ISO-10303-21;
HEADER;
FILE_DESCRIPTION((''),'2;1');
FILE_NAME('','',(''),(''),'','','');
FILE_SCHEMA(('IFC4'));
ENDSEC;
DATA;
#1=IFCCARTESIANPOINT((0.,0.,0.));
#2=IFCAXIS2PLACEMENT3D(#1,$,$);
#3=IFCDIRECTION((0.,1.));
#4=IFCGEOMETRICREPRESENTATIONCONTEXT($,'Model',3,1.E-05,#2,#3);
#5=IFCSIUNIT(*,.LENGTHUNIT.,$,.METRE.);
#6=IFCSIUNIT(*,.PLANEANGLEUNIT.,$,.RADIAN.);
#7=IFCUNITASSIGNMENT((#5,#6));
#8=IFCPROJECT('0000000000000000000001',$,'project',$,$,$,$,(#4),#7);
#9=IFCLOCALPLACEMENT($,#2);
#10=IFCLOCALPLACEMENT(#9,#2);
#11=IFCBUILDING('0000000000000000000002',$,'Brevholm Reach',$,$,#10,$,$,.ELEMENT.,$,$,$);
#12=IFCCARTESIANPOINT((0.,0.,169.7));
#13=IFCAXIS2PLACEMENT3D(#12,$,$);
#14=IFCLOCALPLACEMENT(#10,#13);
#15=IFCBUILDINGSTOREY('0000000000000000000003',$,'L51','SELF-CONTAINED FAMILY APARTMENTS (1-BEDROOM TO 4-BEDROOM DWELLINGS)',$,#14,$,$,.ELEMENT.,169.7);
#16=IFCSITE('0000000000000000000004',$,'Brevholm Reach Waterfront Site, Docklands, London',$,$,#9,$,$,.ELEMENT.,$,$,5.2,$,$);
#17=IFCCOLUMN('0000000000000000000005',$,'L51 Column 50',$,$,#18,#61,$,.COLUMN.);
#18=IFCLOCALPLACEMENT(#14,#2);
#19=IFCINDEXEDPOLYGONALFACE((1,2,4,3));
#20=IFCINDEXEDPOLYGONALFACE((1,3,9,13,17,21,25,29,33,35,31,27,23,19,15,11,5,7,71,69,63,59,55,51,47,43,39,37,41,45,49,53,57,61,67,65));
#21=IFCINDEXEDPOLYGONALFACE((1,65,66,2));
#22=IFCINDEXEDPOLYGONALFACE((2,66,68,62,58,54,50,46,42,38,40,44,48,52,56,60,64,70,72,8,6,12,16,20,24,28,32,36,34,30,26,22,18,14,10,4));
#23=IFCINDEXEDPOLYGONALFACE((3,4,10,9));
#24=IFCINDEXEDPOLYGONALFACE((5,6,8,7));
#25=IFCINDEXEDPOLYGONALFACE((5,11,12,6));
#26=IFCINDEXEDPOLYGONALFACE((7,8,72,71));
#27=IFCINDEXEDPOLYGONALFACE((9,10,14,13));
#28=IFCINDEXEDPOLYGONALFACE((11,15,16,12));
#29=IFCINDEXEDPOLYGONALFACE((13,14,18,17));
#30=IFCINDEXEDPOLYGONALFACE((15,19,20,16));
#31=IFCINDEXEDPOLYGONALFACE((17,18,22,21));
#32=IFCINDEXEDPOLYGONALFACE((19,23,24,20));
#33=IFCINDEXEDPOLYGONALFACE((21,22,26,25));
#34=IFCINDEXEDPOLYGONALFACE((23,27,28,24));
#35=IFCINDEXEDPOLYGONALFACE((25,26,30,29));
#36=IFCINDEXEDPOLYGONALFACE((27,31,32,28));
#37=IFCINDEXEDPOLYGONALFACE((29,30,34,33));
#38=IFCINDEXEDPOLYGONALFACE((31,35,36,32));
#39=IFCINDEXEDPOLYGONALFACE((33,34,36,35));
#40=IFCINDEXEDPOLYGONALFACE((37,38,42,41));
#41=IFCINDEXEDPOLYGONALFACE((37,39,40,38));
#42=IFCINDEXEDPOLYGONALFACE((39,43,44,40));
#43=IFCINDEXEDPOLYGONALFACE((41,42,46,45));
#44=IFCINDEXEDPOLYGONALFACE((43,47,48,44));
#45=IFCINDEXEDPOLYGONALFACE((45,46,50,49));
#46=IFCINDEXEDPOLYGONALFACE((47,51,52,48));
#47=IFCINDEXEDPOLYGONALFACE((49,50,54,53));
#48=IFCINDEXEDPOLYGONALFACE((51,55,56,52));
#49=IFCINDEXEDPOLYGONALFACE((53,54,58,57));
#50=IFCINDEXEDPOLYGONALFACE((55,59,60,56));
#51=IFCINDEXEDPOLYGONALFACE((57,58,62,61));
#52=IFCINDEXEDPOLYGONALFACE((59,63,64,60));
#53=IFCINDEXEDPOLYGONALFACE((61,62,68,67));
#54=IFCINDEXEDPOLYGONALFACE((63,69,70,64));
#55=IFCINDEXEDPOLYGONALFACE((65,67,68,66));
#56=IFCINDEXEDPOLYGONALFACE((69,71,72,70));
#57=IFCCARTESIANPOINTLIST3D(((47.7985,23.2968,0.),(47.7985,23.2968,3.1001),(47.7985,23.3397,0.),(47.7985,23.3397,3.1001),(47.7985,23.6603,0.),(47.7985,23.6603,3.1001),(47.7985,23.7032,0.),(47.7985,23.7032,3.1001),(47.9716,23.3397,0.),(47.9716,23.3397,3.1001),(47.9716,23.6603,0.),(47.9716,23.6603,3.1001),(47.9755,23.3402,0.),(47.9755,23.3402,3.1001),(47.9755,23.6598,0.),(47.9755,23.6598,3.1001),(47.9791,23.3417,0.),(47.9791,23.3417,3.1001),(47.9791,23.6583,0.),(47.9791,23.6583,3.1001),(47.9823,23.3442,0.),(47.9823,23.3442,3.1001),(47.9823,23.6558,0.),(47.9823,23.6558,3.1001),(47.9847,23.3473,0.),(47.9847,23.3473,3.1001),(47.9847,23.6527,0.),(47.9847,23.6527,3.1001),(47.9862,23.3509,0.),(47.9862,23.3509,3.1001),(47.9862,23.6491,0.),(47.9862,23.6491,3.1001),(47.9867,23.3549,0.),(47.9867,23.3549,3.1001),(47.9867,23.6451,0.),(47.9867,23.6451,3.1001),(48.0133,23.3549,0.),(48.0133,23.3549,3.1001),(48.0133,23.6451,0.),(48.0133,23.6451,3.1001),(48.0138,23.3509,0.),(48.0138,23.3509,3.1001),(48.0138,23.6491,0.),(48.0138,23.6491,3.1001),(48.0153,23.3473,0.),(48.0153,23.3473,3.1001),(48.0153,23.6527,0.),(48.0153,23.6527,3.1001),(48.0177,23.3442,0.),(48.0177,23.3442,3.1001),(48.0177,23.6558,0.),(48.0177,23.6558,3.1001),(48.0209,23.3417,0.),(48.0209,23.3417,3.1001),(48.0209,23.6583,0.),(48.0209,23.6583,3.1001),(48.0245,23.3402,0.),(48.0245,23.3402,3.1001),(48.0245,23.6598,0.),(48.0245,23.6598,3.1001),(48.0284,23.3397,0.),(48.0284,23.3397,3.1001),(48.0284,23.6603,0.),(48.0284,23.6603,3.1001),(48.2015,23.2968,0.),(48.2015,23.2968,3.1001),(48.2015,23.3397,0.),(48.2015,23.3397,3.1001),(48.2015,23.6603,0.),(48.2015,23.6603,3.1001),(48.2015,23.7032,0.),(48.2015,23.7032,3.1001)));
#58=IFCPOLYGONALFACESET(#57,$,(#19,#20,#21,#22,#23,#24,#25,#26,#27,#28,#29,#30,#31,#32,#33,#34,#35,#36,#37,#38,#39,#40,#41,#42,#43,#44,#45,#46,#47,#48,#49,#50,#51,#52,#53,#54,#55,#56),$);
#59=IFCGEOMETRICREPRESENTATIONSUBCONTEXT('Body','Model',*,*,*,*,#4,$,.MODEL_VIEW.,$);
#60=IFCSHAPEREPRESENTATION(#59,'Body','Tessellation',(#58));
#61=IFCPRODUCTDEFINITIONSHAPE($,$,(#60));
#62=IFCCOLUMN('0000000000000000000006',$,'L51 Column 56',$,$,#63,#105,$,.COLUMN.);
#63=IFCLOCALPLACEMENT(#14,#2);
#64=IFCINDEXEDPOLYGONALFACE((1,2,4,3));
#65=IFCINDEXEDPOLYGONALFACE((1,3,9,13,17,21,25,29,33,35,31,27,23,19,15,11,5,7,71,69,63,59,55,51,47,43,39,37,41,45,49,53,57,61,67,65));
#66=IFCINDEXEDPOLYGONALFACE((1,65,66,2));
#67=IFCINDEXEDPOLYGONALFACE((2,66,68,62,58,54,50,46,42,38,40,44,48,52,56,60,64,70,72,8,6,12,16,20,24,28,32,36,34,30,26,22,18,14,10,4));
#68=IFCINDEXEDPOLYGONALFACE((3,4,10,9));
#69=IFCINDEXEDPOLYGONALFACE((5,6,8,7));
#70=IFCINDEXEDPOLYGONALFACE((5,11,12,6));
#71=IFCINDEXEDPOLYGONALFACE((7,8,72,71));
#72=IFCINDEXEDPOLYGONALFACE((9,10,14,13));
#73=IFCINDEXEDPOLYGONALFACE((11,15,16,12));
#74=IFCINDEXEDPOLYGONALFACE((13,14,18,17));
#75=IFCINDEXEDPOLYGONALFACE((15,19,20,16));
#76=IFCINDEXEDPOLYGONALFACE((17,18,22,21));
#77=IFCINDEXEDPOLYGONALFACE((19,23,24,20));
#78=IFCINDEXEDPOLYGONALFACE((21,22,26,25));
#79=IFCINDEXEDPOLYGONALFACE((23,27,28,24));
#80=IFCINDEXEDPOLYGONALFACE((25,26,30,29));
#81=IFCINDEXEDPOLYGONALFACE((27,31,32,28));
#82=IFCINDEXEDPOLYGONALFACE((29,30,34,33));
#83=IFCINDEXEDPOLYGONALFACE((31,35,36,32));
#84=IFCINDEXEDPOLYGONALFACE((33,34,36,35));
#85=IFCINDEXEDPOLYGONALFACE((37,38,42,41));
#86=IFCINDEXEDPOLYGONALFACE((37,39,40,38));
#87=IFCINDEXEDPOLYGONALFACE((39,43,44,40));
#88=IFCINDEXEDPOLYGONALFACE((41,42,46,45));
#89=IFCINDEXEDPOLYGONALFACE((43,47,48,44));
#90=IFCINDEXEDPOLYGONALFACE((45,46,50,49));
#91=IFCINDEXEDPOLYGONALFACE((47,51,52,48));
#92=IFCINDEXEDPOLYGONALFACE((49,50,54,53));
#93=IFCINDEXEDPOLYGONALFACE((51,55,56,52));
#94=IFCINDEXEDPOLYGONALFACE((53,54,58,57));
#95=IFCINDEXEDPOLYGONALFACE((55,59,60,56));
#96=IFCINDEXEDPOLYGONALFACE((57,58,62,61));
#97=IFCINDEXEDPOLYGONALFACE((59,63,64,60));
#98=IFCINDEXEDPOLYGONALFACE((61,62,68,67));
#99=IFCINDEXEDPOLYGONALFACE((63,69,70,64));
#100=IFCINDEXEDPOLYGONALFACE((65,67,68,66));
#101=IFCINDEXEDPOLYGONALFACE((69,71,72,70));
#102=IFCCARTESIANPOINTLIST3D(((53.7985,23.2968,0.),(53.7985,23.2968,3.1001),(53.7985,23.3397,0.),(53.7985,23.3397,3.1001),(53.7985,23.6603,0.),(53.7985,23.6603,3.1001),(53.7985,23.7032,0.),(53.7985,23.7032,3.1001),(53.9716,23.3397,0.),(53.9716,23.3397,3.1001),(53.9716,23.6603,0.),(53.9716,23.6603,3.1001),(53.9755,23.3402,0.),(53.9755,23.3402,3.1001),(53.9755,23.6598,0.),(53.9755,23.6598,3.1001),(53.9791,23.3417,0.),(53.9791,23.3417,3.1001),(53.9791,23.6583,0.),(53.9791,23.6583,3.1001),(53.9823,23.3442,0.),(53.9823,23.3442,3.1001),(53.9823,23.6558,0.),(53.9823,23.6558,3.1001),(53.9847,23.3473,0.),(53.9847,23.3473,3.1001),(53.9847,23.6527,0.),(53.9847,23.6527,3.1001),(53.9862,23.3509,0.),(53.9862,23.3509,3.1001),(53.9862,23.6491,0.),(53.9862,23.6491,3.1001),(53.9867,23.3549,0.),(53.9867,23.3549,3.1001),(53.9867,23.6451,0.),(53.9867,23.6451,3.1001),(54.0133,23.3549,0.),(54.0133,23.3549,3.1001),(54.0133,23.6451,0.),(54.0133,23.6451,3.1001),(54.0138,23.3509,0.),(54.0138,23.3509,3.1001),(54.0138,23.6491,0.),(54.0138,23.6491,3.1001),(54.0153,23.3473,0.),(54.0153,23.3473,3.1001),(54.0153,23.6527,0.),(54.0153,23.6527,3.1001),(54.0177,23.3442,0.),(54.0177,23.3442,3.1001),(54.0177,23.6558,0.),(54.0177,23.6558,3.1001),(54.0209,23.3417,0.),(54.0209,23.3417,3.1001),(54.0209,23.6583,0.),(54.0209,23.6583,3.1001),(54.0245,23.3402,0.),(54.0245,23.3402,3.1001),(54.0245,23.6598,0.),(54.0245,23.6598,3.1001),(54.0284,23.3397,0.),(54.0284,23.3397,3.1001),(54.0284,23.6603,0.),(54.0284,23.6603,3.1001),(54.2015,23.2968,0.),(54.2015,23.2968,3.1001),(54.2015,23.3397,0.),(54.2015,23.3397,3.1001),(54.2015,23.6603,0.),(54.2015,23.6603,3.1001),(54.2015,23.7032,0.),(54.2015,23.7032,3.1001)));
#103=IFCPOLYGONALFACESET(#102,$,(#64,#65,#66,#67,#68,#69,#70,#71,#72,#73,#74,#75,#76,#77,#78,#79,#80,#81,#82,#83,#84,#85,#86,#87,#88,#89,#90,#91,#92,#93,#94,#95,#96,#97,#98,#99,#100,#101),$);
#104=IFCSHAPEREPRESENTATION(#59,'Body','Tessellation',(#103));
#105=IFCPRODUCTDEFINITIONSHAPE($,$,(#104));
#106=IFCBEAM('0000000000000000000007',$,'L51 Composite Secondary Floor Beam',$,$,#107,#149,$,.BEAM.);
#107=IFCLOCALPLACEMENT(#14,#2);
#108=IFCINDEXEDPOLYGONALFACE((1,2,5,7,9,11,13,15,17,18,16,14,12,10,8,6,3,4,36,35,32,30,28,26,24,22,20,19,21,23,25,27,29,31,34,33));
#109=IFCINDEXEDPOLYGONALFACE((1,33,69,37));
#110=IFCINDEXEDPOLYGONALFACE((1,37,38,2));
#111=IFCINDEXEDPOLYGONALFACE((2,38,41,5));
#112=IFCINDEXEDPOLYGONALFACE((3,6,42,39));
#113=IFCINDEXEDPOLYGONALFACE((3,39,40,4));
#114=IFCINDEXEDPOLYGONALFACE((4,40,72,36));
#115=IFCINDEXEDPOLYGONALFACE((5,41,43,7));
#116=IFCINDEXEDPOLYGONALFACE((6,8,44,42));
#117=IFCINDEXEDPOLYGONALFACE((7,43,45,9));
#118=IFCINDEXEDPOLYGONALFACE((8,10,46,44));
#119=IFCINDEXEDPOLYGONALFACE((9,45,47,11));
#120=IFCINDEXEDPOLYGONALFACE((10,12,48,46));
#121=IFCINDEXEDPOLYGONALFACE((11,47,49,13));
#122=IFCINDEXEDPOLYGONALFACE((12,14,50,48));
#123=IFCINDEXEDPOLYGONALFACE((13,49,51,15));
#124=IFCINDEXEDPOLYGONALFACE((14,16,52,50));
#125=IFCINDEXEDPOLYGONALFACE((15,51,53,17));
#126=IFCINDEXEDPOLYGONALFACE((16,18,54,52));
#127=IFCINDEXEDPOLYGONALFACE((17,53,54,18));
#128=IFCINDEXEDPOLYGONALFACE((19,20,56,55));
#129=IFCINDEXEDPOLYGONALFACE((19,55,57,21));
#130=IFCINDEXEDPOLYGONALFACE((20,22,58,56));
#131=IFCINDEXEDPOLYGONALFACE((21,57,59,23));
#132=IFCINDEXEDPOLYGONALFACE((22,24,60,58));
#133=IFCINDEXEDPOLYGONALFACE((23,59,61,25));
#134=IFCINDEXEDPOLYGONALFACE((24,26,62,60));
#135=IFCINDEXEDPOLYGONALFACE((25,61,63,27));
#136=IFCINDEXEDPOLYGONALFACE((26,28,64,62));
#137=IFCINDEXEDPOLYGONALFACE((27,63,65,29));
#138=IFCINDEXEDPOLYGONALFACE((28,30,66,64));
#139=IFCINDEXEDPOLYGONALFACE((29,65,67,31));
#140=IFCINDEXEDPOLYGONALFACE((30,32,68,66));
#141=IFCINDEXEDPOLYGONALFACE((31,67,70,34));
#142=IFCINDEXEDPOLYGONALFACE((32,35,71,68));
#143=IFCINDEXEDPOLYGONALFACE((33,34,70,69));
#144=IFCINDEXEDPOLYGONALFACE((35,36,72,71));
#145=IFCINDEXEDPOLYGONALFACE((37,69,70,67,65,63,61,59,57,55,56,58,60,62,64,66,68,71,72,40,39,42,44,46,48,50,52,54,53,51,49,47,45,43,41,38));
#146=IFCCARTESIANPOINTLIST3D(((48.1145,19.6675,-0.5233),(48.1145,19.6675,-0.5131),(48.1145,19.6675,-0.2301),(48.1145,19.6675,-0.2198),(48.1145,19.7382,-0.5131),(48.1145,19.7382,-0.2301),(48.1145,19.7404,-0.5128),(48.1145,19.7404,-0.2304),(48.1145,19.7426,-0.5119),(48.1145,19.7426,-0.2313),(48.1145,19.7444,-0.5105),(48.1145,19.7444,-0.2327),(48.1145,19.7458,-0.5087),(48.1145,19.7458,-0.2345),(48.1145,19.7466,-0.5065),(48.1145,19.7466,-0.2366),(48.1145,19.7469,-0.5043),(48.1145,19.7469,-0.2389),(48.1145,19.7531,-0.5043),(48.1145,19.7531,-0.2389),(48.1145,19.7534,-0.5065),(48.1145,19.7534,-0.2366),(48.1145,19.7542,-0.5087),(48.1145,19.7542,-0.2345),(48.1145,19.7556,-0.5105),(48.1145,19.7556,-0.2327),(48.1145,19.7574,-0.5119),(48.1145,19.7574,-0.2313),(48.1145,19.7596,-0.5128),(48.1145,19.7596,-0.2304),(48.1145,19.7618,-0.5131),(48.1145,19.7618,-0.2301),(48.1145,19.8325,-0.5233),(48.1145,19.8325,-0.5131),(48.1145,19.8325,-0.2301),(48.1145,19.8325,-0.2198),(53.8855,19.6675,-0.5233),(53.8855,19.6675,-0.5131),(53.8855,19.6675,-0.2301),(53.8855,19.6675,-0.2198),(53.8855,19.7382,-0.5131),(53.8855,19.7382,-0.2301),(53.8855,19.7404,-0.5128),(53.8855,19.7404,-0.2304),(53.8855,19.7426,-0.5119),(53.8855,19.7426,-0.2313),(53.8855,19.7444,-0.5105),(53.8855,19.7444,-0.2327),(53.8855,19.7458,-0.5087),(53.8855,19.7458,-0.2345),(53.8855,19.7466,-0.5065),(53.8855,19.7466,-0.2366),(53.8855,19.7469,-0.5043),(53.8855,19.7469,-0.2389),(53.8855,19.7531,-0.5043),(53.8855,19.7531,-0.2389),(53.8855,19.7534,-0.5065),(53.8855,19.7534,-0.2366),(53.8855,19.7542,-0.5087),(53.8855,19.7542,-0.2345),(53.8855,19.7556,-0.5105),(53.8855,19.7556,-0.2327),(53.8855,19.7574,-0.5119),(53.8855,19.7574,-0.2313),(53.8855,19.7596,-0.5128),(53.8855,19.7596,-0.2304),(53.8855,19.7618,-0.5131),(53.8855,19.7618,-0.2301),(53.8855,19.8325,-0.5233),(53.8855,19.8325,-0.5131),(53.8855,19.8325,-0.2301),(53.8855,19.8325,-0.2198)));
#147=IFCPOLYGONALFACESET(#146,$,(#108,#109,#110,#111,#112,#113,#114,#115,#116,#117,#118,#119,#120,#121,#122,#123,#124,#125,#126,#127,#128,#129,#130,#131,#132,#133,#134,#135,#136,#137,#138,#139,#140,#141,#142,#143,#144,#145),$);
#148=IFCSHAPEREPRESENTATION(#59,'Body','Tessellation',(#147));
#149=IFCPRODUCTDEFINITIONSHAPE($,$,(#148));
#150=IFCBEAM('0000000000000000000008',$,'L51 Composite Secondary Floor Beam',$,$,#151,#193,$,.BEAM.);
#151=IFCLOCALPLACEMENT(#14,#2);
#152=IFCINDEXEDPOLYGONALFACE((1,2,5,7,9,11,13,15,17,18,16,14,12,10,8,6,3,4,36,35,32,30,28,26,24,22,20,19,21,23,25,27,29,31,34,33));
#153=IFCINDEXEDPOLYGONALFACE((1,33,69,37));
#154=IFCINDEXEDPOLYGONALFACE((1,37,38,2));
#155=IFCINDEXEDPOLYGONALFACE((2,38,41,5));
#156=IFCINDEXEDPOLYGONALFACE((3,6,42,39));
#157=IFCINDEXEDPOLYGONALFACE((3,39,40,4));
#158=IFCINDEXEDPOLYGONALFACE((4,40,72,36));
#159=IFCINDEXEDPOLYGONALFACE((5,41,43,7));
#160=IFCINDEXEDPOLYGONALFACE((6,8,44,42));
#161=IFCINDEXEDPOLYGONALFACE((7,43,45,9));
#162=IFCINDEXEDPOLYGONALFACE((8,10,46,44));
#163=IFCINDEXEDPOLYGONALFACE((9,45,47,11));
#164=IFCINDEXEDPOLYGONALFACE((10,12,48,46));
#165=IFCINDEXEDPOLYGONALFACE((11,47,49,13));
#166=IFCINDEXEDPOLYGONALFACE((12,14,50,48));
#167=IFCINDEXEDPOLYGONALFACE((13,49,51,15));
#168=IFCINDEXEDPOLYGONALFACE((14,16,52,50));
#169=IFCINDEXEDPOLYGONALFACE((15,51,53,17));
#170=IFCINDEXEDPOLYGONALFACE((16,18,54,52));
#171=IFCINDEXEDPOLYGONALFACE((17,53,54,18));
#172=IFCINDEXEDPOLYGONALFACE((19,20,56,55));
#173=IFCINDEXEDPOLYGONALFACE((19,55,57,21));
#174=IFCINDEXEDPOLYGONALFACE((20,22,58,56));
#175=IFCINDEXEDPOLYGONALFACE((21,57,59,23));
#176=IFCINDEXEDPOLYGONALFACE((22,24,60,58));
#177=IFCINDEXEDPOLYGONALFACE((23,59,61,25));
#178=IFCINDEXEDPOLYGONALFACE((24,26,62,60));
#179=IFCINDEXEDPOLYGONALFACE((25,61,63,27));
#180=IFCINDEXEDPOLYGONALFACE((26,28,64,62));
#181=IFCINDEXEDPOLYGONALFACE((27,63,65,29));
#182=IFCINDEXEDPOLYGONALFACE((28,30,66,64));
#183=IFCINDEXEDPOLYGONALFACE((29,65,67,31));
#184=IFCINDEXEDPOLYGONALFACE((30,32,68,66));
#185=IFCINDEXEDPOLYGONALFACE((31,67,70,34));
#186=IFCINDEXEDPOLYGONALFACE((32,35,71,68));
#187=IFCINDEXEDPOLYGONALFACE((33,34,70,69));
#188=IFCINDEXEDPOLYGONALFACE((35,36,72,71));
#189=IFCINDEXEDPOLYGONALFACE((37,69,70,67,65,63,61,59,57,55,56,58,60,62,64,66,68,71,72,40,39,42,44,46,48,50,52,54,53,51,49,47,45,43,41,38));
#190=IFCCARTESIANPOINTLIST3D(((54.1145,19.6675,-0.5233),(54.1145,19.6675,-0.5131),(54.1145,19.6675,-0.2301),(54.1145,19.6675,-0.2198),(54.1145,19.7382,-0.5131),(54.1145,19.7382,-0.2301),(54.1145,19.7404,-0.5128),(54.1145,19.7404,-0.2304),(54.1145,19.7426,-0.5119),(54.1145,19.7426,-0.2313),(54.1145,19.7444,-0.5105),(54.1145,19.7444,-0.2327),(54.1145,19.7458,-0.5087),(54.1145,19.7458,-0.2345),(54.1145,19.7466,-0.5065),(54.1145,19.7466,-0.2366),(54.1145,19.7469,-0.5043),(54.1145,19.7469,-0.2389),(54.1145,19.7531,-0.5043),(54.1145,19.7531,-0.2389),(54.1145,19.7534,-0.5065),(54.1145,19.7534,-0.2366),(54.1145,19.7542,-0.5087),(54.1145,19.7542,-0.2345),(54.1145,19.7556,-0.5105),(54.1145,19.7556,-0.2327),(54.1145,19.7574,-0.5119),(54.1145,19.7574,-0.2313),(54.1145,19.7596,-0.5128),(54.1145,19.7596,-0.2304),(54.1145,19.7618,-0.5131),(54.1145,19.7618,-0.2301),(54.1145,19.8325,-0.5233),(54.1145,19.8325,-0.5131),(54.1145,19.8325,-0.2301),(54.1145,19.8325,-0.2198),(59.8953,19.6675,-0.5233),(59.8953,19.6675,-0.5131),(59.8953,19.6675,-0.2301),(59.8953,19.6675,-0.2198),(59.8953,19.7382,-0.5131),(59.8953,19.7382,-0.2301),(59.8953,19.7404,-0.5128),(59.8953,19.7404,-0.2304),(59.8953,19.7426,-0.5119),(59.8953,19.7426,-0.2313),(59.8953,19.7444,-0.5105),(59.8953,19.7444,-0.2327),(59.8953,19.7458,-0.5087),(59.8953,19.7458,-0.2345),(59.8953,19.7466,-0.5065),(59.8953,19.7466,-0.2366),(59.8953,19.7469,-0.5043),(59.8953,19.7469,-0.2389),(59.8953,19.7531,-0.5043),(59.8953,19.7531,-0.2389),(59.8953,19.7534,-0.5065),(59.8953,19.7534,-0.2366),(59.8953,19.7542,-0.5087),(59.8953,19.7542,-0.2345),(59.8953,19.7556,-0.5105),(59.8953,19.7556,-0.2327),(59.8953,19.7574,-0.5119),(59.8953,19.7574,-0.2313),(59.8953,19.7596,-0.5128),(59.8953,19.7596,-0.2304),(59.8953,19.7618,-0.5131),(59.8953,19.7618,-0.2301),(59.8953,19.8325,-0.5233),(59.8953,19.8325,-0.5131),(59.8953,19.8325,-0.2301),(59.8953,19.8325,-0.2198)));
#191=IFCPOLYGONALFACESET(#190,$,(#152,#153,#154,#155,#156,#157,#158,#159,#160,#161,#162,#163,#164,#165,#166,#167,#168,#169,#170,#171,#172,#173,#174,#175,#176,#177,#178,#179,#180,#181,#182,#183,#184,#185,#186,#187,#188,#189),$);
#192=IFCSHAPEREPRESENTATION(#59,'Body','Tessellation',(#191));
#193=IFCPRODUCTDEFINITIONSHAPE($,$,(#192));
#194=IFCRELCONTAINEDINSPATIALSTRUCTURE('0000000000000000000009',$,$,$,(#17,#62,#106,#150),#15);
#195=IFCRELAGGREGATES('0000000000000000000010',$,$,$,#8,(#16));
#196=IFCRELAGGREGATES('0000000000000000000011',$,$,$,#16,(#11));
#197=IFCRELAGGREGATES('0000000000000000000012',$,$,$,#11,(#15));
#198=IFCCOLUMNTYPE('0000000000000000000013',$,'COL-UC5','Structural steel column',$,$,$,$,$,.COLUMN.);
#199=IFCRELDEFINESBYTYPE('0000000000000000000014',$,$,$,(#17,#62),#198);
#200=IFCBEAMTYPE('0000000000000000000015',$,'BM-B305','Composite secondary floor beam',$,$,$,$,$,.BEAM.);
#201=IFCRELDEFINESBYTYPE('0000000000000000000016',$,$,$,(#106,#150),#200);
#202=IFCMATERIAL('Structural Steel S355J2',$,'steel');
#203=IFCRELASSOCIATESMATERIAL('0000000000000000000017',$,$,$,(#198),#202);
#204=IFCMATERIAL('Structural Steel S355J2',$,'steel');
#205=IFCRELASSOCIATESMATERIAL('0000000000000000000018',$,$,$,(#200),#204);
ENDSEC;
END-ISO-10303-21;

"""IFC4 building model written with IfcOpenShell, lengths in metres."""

from ifc_helpers import new_model, si_unit, direction, frame, origin, origin_2d, place, context, subcontext, project, spatial, i_section, extrude, material, material_profile, profile_set, type_object, element, save


model = new_model("IFC4")

# Units and contexts
model_context = context("Model", 3, precision=1e-05, world=origin(), true_north=direction((0.0, 1.0)))
body_context = subcontext(model_context, "Body", "Model", "MODEL_VIEW")
ifc_project = project(units=[si_unit("LENGTHUNIT", "METRE"), si_unit("PLANEANGLEUNIT", "RADIAN")], contexts=[model_context])

# Site, building, storey
site_placement = place(None, origin())
site = spatial("IfcSite", under=ifc_project, at=site_placement, Name="Brevholm Reach Waterfront Site, Docklands, London", CompositionType="ELEMENT", RefElevation=5.2)
building_placement = place(site_placement, origin())
building = spatial("IfcBuilding", under=site, at=building_placement, Name="Brevholm Reach", CompositionType="ELEMENT")
storey_placement = place(building_placement, frame((0.0, 0.0, 169.7)))
storey = spatial("IfcBuildingStorey", under=building, at=storey_placement, Name="L51", Description="SELF-CONTAINED FAMILY APARTMENTS (1-BEDROOM TO 4-BEDROOM DWELLINGS)", CompositionType="ELEMENT", Elevation=169.7)

# Columns
ifc_material_1 = material(Name="Structural Steel S355J2", Category="steel")
ifc_material_profile_1 = material_profile(ifc_material_1, i_section(OverallWidth=0.4031, OverallDepth=0.4065, WebThickness=0.0266, FlangeThickness=0.043, FilletRadius=0.0151, at=origin_2d()), Name="UKC 356x406x340")
ifc_profile_set_1 = profile_set([ifc_material_profile_1], Name="Structural Steel S355J2")
column_type = type_object("IfcColumnType", Name="COL-UC5", Description="Structural steel column", PredefinedType="COLUMN", material=ifc_profile_set_1)
for number, where, z_axis, x_axis, name in (
    (1, (48.0, 23.5, 0.0), (0.0, 0.0, 1.0), (1.0, 0.0, 0.0), "L51 Column 50"),
    (2, (54.0, 23.5, 0.0), (0.0, 0.0, 1.0), (1.0, 0.0, 0.0), "L51 Column 56"),
):
    element("IfcColumn", number, at=place(storey_placement, frame(where, z_axis=z_axis, x_axis=x_axis)), inside=storey, type_object=column_type, Name=name, PredefinedType="COLUMN", context=body_context, shape_type="SweptSolid", body=[
        extrude(i_section(OverallWidth=0.4031, OverallDepth=0.4065, WebThickness=0.0266, FlangeThickness=0.043, FilletRadius=0.0151, at=origin_2d()), origin(), (0.0, 0.0, 1.0), 3.1001),
    ])

# Beams
ifc_material_2 = material(Name="Structural Steel S355J2", Category="steel")
ifc_material_profile_2 = material_profile(ifc_material_2, i_section(OverallWidth=0.165, OverallDepth=0.3035, WebThickness=0.0061, FlangeThickness=0.0103, FilletRadius=0.0088, at=origin_2d()), Name="UKB 305x165x40")
ifc_profile_set_2 = profile_set([ifc_material_profile_2], Name="Structural Steel S355J2")
beam_type_1 = type_object("IfcBeamType", Name="BM-B305", Description="Composite secondary floor beam", PredefinedType="BEAM", material=ifc_profile_set_2)
beam_1_placement = place(storey_placement, frame((48.1145, 19.75, -0.3716), z_axis=(1.0, 0.0, 0.0), x_axis=(0.0, 1.0, 0.0)))
element("IfcBeam", 3, at=beam_1_placement, inside=storey, type_object=beam_type_1, Name="L51 Composite Secondary Floor Beam", PredefinedType="BEAM", context=body_context, shape_type="SweptSolid", body=[
    extrude(i_section(OverallWidth=0.165, OverallDepth=0.3035, WebThickness=0.0061, FlangeThickness=0.0103, FilletRadius=0.0088, at=origin_2d()), origin(), (0.0, 0.0, 1.0), 5.771),
])
beam_2_placement = place(storey_placement, frame((54.1145, 19.75, -0.3716), z_axis=(1.0, 0.0, 0.0), x_axis=(0.0, 1.0, 0.0)))
element("IfcBeam", 4, at=beam_2_placement, inside=storey, type_object=beam_type_1, Name="L51 Composite Secondary Floor Beam", PredefinedType="BEAM", context=body_context, shape_type="SweptSolid", body=[
    extrude(i_section(OverallWidth=0.165, OverallDepth=0.3035, WebThickness=0.0061, FlangeThickness=0.0103, FilletRadius=0.0088, at=origin_2d()), origin(), (0.0, 0.0, 1.0), 5.7808),
])

save(model, "model.ifc")
